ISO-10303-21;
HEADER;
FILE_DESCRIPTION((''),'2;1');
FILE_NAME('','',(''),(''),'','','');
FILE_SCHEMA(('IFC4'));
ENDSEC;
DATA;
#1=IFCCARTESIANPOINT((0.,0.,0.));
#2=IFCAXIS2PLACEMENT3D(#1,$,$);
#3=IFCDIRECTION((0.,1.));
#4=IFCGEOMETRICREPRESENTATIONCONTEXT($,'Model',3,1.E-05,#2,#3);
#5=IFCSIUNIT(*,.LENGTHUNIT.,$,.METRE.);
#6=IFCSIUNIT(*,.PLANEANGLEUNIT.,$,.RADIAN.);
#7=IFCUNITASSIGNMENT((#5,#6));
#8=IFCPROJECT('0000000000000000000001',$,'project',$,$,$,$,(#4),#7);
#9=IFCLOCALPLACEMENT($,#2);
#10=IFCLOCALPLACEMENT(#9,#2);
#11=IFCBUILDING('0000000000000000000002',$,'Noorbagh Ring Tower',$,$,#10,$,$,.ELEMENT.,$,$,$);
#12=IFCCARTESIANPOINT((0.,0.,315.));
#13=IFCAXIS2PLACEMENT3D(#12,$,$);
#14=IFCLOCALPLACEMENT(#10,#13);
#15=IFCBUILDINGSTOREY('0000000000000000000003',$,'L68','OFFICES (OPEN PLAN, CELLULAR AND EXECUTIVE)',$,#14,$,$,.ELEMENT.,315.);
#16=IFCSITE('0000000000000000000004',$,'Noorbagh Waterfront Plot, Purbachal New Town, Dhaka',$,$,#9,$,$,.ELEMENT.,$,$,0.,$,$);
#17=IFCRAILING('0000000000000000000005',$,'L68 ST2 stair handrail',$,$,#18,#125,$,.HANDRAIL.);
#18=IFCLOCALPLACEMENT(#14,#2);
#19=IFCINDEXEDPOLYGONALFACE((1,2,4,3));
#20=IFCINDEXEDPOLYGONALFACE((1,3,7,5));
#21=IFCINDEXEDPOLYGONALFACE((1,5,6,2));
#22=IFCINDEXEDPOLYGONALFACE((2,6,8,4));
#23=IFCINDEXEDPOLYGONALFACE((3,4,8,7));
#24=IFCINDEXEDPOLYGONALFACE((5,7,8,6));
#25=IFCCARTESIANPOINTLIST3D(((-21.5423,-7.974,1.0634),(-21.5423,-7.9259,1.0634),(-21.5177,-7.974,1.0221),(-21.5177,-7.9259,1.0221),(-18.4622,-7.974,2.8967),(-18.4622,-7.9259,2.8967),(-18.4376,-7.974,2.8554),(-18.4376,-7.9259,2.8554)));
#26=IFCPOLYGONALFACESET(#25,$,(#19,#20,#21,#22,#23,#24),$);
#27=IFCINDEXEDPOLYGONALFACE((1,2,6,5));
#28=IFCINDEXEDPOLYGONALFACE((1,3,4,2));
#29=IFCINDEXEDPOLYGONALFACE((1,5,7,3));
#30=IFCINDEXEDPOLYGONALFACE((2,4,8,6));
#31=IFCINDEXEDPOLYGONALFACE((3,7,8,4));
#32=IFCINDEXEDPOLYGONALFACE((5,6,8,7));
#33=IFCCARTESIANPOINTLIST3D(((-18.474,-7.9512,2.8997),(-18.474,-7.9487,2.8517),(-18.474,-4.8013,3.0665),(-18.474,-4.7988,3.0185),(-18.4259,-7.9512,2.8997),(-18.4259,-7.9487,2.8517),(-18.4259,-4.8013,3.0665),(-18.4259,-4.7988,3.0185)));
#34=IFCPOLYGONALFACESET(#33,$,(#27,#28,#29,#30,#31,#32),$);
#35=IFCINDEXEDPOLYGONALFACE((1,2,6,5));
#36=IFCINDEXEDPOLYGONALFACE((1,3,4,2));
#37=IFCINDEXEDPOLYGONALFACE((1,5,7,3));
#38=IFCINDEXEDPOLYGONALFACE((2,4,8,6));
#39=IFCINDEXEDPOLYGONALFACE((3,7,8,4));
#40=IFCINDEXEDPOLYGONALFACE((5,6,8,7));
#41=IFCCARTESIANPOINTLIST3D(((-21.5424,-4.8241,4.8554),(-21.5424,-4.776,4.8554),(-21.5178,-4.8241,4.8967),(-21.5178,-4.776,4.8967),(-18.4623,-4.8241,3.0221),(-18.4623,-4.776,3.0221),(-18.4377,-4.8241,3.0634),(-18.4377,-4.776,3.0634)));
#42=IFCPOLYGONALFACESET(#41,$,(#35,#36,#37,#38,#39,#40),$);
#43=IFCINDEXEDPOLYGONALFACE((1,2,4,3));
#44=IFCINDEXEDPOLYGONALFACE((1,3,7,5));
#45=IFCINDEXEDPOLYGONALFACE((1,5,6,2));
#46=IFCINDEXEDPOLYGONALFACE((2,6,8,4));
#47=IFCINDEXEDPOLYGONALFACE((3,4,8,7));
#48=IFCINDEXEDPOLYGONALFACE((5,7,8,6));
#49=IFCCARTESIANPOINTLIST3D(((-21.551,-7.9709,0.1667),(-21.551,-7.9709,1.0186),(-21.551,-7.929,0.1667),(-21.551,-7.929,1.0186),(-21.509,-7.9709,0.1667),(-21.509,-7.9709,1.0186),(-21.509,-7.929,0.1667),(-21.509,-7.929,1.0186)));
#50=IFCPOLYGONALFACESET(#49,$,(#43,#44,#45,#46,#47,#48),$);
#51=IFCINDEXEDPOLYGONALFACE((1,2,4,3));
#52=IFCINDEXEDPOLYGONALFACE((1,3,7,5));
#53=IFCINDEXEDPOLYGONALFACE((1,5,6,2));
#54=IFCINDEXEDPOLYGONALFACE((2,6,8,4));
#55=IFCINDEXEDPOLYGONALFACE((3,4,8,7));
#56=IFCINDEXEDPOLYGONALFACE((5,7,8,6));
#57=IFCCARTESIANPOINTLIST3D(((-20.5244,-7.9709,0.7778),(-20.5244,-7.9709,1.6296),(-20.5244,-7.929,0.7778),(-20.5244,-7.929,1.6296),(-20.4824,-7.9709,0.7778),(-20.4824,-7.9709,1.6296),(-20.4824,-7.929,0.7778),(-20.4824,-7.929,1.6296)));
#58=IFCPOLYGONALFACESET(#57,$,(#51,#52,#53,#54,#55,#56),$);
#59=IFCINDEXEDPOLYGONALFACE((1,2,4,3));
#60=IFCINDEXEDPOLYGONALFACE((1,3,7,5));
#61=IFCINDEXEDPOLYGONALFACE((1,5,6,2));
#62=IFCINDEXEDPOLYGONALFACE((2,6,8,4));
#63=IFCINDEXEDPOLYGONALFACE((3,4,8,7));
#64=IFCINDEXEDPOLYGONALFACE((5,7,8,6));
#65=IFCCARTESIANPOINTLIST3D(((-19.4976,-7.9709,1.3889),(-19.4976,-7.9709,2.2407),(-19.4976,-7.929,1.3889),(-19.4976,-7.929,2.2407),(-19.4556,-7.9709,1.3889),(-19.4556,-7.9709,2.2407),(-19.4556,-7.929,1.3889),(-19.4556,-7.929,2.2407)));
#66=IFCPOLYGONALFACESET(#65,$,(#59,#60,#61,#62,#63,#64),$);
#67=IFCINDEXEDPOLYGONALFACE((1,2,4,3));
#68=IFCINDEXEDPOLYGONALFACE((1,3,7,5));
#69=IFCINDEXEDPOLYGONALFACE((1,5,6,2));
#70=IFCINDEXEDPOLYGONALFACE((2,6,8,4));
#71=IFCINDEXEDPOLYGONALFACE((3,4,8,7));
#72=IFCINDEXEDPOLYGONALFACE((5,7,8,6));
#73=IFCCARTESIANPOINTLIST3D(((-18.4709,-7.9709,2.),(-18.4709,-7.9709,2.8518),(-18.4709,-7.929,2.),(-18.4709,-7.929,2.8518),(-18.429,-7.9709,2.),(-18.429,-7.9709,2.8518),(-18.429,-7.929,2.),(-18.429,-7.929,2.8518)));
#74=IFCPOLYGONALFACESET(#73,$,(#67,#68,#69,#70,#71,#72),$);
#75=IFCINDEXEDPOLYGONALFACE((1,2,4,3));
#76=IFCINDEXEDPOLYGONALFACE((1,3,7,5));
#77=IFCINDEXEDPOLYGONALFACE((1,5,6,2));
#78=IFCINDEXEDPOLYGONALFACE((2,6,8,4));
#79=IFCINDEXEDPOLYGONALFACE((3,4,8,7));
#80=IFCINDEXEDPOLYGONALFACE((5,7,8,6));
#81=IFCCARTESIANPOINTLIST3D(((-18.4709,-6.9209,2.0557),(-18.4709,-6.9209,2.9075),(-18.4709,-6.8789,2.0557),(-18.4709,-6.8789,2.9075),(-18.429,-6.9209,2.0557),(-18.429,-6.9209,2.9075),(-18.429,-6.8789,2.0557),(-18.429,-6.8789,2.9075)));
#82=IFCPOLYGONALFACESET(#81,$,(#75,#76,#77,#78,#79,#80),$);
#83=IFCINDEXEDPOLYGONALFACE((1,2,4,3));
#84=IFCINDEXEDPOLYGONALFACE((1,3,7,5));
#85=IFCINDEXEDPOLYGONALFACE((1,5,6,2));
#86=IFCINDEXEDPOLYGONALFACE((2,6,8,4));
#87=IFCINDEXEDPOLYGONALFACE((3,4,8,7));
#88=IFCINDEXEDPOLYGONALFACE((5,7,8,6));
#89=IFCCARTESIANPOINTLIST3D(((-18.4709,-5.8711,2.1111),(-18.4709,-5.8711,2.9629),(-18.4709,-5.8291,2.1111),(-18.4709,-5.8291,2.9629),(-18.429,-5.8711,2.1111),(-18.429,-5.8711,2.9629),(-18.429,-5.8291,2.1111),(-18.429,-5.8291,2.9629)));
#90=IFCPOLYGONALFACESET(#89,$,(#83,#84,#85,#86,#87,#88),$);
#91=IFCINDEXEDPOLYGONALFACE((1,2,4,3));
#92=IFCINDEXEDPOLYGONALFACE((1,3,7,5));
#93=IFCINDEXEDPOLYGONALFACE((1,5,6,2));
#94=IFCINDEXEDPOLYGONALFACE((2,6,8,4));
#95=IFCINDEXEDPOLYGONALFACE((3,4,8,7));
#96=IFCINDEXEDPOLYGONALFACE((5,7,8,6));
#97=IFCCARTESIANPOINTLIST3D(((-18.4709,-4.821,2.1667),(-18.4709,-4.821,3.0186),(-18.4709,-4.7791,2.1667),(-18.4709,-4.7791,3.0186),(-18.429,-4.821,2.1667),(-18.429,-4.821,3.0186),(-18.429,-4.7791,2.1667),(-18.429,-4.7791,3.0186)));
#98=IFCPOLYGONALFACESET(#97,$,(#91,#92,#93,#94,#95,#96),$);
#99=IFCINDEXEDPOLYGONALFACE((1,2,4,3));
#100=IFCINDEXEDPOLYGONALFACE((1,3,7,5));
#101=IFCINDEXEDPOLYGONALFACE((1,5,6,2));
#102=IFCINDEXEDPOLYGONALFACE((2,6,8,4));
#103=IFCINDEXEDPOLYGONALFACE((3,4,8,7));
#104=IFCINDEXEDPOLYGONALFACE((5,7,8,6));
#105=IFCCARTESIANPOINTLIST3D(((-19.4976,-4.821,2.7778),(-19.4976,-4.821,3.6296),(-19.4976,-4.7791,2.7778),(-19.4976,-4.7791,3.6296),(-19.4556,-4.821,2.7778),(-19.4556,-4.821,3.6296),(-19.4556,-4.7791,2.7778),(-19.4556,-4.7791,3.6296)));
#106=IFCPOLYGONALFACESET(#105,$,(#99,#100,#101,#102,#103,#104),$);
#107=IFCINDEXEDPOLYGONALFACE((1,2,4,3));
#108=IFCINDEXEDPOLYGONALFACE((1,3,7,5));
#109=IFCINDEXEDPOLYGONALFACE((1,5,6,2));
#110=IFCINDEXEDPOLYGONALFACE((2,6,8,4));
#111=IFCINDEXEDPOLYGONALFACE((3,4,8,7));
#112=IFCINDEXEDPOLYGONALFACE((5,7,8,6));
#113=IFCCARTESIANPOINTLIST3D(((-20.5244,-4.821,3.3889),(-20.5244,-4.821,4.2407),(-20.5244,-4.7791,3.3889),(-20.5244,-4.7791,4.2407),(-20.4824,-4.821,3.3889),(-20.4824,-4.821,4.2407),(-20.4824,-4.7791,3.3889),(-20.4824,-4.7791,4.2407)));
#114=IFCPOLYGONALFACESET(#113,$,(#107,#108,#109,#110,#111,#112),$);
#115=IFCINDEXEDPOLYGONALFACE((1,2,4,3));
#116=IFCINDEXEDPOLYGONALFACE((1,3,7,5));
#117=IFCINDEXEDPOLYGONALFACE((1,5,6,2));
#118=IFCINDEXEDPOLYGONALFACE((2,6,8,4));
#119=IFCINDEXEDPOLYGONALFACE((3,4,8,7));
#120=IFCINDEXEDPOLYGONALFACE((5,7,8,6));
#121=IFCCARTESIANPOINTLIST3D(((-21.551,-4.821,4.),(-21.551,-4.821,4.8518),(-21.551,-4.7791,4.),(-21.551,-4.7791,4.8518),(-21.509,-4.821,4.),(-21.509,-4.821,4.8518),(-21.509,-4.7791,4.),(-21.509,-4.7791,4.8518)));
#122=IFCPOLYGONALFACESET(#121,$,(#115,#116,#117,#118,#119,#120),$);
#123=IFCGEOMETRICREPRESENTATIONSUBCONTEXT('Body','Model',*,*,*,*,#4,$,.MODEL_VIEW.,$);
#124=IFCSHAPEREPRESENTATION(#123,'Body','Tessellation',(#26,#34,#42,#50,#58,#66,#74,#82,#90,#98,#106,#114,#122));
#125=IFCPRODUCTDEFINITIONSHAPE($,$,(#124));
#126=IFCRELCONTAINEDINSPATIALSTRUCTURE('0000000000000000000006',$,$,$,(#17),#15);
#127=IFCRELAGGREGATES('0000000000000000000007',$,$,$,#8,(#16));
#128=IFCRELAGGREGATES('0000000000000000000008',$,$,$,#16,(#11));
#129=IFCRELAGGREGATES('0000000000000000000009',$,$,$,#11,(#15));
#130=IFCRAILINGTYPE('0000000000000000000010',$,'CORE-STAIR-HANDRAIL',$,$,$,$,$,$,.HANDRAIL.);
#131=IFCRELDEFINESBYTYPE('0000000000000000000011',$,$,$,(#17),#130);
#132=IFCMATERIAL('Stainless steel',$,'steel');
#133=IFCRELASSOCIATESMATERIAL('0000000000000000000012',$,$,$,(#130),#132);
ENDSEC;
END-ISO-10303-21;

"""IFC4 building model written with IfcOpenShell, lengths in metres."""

from ifc_helpers import new_model, si_unit, direction, frame, origin, origin_2d, place, context, subcontext, project, spatial, rectangle, extrude, material, type_object, element, save


model = new_model("IFC4")

# Units and contexts
model_context = context("Model", 3, precision=1e-05, world=origin(), true_north=direction((0.0, 1.0)))
body_context = subcontext(model_context, "Body", "Model", "MODEL_VIEW")
ifc_project = project(units=[si_unit("LENGTHUNIT", "METRE"), si_unit("PLANEANGLEUNIT", "RADIAN")], contexts=[model_context])

# Site, building, storey
site_placement = place(None, origin())
site = spatial("IfcSite", under=ifc_project, at=site_placement, Name="Noorbagh Waterfront Plot, Purbachal New Town, Dhaka", CompositionType="ELEMENT", RefElevation=0.0)
building_placement = place(site_placement, origin())
building = spatial("IfcBuilding", under=site, at=building_placement, Name="Noorbagh Ring Tower", CompositionType="ELEMENT")
storey_placement = place(building_placement, frame((0.0, 0.0, 315.0)))
storey = spatial("IfcBuildingStorey", under=building, at=storey_placement, Name="L68", Description="OFFICES (OPEN PLAN, CELLULAR AND EXECUTIVE)", CompositionType="ELEMENT", Elevation=315.0)

# Railing
ifc_material_1 = material(Name="Stainless steel", Category="steel")
railing_type_1 = type_object("IfcRailingType", Name="CORE-STAIR-HANDRAIL", PredefinedType="HANDRAIL", material=ifc_material_1)
railing_1_placement = place(storey_placement, frame((-21.53, -7.95, 0.1667)))
element("IfcRailing", 1, at=railing_1_placement, inside=storey, type_object=railing_type_1, Name="L68 ST2 stair handrail", PredefinedType="HANDRAIL", context=body_context, shape_type="SweptSolid", body=[
    extrude(rectangle(XDim=0.0481, YDim=0.0481, at=origin_2d()), frame((0.0, 0.0, 0.876), z_axis=(0.859309, 0.0, 0.511458), x_axis=(0.0, 1.0, 0.0)), (0.0, 0.0, 1.0), 3.5845),
    extrude(rectangle(XDim=0.0481, YDim=0.0481, at=origin_2d()), frame((3.0801, 0.0, 2.709), z_axis=(0.0, 0.998602, 0.052864), x_axis=(-1.0, 0.0, 0.0)), (0.0, 0.0, 1.0), 3.1543),
    extrude(rectangle(XDim=0.0481, YDim=0.0481, at=origin_2d()), frame((3.0801, 3.1499, 2.876), z_axis=(-0.859309, 0.0, 0.511458), x_axis=(0.0, -1.0, 0.0)), (0.0, 0.0, 1.0), 3.5845),
    extrude(rectangle(XDim=0.042, YDim=0.042, at=origin_2d()), origin(), (0.0, 0.0, 1.0), 0.8518),
    extrude(rectangle(XDim=0.042, YDim=0.042, at=origin_2d()), frame((1.0266, 0.0, 0.6111)), (0.0, 0.0, 1.0), 0.8518),
    extrude(rectangle(XDim=0.042, YDim=0.042, at=origin_2d()), frame((2.0535, 0.0, 1.2222)), (0.0, 0.0, 1.0), 0.8518),
    extrude(rectangle(XDim=0.042, YDim=0.042, at=origin_2d()), frame((3.0801, 0.0, 1.8333)), (0.0, 0.0, 1.0), 0.8518),
    extrude(rectangle(XDim=0.042, YDim=0.042, at=origin_2d()), frame((3.0801, 1.05, 1.8889)), (0.0, 0.0, 1.0), 0.8518),
    extrude(rectangle(XDim=0.042, YDim=0.042, at=origin_2d()), frame((3.0801, 2.0999, 1.9443)), (0.0, 0.0, 1.0), 0.8518),
    extrude(rectangle(XDim=0.042, YDim=0.042, at=origin_2d()), frame((3.0801, 3.1499, 2.0)), (0.0, 0.0, 1.0), 0.8518),
    extrude(rectangle(XDim=0.042, YDim=0.042, at=origin_2d()), frame((2.0535, 3.1499, 2.6111)), (0.0, 0.0, 1.0), 0.8518),
    extrude(rectangle(XDim=0.042, YDim=0.042, at=origin_2d()), frame((1.0266, 3.1499, 3.2222)), (0.0, 0.0, 1.0), 0.8518),
    extrude(rectangle(XDim=0.042, YDim=0.042, at=origin_2d()), frame((0.0, 3.1499, 3.8333)), (0.0, 0.0, 1.0), 0.8518),
])

save(model, "model.ifc")
